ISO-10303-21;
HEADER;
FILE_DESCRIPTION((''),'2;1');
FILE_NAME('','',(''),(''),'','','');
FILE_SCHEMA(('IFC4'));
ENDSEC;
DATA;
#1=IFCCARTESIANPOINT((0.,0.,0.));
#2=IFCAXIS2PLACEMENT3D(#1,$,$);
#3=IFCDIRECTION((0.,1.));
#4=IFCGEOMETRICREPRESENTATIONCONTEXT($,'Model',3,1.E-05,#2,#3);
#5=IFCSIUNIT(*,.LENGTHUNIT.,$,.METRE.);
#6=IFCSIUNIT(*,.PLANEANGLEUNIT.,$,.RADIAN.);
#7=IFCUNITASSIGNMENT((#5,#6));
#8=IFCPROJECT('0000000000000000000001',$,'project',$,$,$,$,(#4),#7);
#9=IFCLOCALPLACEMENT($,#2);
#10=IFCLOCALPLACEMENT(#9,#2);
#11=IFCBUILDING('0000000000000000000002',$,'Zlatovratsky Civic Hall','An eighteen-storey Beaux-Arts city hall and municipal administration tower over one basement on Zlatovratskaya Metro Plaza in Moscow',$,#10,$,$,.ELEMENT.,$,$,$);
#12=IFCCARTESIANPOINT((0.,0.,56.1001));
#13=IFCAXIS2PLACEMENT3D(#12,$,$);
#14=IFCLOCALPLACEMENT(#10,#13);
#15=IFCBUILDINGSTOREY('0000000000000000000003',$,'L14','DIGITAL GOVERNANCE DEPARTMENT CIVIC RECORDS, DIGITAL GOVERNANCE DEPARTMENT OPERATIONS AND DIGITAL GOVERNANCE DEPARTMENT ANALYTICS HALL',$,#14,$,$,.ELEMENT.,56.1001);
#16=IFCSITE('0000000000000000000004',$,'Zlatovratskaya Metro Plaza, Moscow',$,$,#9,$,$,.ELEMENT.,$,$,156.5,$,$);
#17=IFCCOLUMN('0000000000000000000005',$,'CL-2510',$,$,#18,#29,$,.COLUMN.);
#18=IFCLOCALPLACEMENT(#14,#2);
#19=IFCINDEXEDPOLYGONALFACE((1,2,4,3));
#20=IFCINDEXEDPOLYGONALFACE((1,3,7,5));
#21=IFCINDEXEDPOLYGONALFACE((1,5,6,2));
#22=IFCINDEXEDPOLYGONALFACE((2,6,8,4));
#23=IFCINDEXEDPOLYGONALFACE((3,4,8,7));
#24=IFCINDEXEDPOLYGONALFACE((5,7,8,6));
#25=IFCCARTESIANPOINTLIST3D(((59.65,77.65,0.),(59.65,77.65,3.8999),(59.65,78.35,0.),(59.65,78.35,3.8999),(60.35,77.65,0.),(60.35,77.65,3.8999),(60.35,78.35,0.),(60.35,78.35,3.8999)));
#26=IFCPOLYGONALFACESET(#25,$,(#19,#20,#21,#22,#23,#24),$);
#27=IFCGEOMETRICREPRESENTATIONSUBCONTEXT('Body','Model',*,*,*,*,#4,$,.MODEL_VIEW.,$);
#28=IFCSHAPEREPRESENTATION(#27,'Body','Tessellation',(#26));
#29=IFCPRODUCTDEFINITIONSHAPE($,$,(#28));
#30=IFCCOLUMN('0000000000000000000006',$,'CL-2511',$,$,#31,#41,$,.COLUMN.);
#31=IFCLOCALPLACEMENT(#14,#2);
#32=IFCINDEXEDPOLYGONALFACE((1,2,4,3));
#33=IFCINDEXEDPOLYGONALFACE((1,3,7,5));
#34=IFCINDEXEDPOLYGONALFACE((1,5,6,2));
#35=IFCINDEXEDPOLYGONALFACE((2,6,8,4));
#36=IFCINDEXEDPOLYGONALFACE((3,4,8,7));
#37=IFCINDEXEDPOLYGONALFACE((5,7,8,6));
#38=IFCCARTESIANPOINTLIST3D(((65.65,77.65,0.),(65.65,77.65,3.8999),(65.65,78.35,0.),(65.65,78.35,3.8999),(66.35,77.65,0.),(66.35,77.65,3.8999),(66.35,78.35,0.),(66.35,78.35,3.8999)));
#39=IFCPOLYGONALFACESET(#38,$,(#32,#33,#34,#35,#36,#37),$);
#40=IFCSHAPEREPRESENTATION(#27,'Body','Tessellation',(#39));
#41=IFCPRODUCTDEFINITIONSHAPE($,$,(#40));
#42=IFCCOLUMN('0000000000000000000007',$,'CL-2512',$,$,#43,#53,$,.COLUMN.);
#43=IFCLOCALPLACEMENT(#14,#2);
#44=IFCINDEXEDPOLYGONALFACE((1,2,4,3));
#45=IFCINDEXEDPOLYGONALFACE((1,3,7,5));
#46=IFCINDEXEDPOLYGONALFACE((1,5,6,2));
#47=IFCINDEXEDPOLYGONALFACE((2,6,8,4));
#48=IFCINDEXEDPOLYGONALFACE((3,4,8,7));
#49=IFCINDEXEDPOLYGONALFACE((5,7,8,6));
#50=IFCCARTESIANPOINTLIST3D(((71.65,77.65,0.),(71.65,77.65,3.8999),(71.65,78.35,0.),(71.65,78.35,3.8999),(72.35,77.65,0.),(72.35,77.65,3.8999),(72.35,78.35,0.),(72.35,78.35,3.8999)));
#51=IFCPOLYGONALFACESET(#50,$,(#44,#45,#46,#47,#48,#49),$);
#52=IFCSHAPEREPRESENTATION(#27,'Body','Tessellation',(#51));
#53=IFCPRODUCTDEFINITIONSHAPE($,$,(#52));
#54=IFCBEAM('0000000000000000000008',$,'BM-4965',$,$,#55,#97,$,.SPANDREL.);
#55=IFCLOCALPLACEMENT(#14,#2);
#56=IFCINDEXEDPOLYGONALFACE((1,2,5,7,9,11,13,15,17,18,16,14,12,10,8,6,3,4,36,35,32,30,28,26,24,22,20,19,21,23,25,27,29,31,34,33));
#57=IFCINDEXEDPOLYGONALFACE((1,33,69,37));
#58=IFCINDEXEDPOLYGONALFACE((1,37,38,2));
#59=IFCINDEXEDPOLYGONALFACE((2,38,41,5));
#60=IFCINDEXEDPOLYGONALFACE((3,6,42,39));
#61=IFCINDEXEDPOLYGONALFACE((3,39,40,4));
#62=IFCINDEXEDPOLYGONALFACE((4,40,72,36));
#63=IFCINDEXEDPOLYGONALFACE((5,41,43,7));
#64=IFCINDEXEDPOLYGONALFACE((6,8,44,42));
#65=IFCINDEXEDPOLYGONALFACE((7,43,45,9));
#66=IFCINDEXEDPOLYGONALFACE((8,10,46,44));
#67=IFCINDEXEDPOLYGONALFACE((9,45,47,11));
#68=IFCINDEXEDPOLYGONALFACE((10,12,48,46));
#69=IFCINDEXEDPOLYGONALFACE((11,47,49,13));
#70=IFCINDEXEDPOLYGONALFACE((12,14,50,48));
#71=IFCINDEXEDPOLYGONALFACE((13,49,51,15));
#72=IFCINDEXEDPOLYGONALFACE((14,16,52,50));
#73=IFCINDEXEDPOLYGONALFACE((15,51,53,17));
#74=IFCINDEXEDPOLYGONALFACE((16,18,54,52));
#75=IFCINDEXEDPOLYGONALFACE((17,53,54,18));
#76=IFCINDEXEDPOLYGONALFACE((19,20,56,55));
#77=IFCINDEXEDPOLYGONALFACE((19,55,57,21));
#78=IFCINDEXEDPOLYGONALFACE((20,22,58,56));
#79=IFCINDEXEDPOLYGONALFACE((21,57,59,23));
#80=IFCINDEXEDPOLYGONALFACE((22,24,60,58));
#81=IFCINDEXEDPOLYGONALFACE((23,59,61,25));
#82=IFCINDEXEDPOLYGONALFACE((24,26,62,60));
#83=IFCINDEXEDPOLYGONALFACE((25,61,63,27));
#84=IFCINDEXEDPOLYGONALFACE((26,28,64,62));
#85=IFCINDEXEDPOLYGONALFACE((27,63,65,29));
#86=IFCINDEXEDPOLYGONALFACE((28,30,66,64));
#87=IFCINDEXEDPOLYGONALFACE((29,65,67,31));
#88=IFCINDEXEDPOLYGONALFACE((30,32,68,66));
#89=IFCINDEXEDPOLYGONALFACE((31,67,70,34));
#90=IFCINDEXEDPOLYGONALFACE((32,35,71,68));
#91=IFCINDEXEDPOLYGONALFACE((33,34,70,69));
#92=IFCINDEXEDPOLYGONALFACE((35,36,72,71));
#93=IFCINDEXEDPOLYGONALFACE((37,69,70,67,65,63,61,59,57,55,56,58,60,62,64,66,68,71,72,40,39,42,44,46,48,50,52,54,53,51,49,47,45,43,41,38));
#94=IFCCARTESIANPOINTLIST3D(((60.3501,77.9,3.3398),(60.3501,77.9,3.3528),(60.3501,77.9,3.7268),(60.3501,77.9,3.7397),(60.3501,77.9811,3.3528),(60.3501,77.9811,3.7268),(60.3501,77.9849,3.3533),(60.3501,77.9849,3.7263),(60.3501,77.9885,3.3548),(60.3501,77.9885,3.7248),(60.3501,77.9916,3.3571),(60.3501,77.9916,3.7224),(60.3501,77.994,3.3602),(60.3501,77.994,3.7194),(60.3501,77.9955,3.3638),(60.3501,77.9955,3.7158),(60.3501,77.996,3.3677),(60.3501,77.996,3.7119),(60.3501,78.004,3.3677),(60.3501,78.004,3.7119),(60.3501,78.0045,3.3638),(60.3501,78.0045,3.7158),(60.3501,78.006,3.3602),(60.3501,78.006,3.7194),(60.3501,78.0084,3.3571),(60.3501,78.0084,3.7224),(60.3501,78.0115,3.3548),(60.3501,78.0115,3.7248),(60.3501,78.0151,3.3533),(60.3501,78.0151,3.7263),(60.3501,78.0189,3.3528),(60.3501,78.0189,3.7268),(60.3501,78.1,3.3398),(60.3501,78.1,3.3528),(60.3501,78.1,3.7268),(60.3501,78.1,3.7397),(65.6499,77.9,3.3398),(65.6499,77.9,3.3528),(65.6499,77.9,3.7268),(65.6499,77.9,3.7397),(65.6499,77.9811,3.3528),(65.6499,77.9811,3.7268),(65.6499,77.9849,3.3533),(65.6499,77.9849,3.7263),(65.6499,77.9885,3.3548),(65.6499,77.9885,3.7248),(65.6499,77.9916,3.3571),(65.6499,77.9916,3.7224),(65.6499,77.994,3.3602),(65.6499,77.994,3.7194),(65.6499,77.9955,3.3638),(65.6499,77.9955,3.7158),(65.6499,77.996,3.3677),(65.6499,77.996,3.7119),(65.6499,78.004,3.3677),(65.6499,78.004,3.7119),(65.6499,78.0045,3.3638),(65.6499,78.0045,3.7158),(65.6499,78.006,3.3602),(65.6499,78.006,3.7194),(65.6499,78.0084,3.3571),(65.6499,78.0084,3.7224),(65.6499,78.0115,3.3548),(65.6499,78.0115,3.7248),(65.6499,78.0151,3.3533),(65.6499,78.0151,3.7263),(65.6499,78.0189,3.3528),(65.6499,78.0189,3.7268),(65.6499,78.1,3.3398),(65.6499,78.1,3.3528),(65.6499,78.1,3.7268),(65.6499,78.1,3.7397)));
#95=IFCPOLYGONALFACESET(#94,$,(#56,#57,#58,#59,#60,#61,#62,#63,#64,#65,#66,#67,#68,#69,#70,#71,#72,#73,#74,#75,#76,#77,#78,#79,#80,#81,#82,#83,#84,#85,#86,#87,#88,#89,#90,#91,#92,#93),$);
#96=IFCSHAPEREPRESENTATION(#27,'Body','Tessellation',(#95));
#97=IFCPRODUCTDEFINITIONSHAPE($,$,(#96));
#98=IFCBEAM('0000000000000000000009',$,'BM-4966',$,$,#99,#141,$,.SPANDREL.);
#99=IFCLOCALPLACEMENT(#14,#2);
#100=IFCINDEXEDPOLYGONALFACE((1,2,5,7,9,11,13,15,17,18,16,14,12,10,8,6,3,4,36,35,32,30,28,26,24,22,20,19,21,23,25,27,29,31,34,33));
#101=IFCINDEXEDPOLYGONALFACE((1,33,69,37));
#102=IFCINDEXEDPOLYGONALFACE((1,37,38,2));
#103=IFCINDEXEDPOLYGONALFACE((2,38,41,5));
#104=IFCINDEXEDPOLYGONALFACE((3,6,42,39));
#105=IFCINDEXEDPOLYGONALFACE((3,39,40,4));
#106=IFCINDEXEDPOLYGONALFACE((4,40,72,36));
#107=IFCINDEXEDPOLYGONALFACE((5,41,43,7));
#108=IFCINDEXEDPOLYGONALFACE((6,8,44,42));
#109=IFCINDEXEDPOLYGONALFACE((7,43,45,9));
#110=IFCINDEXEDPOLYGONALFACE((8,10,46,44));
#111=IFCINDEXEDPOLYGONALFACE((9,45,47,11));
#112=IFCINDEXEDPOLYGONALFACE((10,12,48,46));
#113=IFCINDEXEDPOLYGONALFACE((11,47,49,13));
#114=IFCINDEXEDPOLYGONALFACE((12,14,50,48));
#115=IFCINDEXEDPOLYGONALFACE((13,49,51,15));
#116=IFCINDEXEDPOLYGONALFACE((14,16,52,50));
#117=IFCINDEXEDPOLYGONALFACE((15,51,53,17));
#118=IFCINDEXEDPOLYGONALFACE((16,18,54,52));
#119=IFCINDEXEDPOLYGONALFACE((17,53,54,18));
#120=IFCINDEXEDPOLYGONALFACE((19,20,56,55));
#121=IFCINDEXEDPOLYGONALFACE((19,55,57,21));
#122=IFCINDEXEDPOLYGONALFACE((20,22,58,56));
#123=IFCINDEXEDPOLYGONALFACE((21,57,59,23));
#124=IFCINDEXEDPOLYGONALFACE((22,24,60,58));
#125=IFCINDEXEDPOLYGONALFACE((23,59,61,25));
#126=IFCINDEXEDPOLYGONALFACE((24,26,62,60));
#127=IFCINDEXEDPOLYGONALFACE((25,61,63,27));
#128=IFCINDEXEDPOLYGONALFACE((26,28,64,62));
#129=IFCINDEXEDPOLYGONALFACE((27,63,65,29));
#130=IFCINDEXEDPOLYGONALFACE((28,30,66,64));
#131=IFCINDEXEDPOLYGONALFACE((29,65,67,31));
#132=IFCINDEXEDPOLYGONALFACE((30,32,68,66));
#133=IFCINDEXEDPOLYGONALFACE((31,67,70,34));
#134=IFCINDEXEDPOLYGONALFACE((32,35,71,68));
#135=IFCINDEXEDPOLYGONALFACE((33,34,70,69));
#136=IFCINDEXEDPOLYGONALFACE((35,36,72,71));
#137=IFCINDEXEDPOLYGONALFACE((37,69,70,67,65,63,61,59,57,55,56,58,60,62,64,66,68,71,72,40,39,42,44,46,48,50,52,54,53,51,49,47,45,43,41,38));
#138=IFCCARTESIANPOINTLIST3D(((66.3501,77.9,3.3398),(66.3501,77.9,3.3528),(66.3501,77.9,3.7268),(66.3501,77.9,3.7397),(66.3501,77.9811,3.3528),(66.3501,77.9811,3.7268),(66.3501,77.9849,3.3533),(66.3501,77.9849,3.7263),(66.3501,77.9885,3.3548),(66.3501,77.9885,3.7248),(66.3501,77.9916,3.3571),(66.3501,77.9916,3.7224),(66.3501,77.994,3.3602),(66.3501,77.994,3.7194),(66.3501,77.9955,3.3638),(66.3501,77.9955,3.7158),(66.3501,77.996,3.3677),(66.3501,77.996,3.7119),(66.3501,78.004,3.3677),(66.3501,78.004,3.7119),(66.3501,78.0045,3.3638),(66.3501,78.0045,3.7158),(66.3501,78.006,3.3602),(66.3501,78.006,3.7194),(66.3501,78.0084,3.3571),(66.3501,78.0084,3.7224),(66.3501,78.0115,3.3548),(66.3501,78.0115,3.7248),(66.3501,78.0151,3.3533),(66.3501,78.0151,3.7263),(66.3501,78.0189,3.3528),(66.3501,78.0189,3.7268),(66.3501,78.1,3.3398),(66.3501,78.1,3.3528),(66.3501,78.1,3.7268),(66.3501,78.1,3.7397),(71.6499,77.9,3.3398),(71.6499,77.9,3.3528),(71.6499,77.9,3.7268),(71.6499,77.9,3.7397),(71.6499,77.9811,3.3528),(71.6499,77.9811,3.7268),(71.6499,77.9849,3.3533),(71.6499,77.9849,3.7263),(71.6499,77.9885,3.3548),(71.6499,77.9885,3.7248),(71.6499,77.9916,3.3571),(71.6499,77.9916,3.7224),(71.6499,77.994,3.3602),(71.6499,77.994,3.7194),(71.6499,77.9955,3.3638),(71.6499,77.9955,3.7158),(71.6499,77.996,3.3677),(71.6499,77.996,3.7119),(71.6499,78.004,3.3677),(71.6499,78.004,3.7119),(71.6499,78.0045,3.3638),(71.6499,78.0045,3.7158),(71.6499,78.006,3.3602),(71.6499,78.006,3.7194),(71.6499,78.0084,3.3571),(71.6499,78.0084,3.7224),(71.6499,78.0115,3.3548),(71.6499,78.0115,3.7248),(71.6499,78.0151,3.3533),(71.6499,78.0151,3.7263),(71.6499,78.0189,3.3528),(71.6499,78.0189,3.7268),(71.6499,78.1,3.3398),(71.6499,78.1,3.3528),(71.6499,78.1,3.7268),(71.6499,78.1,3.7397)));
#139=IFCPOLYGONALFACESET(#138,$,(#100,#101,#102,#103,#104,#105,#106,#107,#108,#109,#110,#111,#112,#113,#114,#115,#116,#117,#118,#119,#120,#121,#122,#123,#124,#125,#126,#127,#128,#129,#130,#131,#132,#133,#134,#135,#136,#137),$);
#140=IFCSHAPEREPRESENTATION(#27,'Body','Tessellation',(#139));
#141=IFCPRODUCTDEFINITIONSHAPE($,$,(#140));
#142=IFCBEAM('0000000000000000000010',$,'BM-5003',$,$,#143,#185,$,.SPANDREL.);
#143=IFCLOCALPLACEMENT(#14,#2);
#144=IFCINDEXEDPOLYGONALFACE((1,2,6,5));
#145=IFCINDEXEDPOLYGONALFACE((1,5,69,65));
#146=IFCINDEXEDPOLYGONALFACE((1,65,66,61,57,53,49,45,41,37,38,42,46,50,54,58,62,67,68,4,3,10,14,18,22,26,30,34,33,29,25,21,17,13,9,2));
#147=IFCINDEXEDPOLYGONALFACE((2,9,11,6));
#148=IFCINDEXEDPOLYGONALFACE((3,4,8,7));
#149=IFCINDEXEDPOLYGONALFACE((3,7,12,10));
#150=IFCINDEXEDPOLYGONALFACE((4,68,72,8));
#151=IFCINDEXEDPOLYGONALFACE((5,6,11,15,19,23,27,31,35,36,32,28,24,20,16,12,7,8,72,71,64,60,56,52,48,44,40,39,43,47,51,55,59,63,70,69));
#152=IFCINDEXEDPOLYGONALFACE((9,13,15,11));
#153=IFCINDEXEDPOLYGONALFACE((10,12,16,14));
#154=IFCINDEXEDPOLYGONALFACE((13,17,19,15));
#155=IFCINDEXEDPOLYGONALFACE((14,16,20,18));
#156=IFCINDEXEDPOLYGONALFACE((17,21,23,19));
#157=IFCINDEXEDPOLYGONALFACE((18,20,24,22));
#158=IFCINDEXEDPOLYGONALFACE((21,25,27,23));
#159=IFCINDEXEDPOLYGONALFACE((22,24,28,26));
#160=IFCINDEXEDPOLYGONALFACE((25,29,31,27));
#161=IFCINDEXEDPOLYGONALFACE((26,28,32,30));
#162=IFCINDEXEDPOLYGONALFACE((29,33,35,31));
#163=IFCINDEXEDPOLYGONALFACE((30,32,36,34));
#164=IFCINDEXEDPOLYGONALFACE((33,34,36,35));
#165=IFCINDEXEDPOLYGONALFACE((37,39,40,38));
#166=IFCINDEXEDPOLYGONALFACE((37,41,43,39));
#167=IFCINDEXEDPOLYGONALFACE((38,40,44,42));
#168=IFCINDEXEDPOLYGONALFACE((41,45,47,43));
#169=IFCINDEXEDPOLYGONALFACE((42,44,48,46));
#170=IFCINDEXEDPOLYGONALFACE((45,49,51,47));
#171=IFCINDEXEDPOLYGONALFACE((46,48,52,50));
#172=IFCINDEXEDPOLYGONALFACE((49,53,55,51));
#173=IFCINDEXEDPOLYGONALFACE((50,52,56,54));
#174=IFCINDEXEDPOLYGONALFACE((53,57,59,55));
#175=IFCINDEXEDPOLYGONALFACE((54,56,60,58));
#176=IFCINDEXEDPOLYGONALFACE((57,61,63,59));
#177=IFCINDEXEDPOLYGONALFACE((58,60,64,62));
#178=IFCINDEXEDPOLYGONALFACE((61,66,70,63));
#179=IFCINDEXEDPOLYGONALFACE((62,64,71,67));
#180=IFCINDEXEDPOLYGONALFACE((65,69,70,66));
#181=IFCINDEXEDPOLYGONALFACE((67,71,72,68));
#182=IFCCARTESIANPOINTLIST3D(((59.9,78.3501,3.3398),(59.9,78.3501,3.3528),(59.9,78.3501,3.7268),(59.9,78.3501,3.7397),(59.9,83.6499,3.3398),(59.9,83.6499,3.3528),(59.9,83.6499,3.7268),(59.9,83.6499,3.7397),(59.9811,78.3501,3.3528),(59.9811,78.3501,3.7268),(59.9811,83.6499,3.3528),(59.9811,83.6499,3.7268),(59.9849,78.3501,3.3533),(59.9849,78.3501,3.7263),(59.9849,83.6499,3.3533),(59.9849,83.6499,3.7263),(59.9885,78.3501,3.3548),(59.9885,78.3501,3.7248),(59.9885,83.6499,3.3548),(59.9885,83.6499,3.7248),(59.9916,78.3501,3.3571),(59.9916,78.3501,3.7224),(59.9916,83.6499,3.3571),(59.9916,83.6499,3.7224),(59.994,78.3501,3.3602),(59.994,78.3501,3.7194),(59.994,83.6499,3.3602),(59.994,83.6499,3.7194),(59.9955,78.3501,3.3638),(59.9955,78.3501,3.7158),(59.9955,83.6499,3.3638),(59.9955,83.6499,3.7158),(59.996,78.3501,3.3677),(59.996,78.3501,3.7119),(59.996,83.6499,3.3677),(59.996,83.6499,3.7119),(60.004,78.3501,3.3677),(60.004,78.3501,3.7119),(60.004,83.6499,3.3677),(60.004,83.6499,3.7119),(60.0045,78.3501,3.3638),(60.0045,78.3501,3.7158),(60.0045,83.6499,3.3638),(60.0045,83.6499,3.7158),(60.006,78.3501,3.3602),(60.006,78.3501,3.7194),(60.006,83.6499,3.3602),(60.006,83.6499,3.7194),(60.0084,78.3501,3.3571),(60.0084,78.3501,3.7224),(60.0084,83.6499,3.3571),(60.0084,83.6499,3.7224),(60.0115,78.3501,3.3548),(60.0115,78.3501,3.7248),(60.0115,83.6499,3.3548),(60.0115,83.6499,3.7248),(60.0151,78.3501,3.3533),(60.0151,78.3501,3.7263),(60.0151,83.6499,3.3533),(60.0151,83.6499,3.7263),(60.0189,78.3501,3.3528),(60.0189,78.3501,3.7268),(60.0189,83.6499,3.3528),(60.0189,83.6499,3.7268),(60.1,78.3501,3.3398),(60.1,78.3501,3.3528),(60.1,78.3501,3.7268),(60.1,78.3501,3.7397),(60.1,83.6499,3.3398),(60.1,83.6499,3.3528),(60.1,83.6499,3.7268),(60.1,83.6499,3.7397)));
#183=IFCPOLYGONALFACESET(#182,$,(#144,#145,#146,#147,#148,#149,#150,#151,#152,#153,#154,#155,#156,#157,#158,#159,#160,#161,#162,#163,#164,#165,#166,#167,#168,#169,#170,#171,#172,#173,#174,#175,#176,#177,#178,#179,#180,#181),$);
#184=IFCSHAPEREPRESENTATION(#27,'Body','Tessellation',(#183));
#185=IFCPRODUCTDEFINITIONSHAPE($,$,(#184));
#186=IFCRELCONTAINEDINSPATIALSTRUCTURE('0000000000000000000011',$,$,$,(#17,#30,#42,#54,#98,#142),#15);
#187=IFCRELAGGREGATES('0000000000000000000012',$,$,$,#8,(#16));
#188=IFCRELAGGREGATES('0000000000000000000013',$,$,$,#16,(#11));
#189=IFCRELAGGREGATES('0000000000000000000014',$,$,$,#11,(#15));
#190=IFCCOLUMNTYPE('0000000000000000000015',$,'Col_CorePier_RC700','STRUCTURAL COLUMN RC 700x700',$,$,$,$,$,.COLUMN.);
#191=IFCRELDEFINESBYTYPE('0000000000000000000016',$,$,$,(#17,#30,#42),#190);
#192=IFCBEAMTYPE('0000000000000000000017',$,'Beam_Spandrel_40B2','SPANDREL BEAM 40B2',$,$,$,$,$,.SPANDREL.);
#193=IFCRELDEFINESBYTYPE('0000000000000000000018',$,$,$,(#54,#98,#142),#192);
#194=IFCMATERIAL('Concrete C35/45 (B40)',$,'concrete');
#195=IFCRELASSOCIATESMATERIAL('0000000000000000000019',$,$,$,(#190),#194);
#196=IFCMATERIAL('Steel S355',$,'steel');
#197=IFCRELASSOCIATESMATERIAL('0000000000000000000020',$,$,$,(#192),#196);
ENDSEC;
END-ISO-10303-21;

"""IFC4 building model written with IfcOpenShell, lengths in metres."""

from ifc_helpers import new_model, si_unit, direction, frame, origin, origin_2d, place, context, subcontext, project, spatial, rectangle, i_section, extrude, material, material_profile, profile_set, type_object, element, save


model = new_model("IFC4")

# Units and contexts
model_context = context("Model", 3, precision=1e-05, world=origin(), true_north=direction((0.0, 1.0)))
body_context = subcontext(model_context, "Body", "Model", "MODEL_VIEW")
ifc_project = project(units=[si_unit("LENGTHUNIT", "METRE"), si_unit("PLANEANGLEUNIT", "RADIAN")], contexts=[model_context])

# Site, building, storey
site_placement = place(None, origin())
site = spatial("IfcSite", under=ifc_project, at=site_placement, Name="Zlatovratskaya Metro Plaza, Moscow", CompositionType="ELEMENT", RefElevation=156.5)
building_placement = place(site_placement, origin())
building = spatial("IfcBuilding", under=site, at=building_placement, Name="Zlatovratsky Civic Hall", Description="An eighteen-storey Beaux-Arts city hall and municipal administration tower over one basement on Zlatovratskaya Metro Plaza in Moscow", CompositionType="ELEMENT")
storey_placement = place(building_placement, frame((0.0, 0.0, 56.1001)))
storey = spatial("IfcBuildingStorey", under=building, at=storey_placement, Name="L14", Description="DIGITAL GOVERNANCE DEPARTMENT CIVIC RECORDS, DIGITAL GOVERNANCE DEPARTMENT OPERATIONS AND DIGITAL GOVERNANCE DEPARTMENT ANALYTICS HALL", CompositionType="ELEMENT", Elevation=56.1001)

# Columns
ifc_material_1 = material(Name="Concrete C35/45 (B40)", Category="concrete")
ifc_material_profile_1 = material_profile(ifc_material_1, rectangle(XDim=0.7, YDim=0.7, at=origin_2d()), Name="RC 700x700")
ifc_profile_set_1 = profile_set([ifc_material_profile_1], Name="Concrete C35/45 (B40)")
column_type = type_object("IfcColumnType", Name="Col_CorePier_RC700", Description="STRUCTURAL COLUMN RC 700x700", PredefinedType="COLUMN", material=ifc_profile_set_1)
for number, where, z_axis, x_axis, name in (
    (1, (60.0, 78.0, 0.0), (0.0, 0.0, 1.0), (1.0, 0.0, 0.0), "CL-2510"),
    (2, (66.0, 78.0, 0.0), (0.0, 0.0, 1.0), (1.0, 0.0, 0.0), "CL-2511"),
    (3, (72.0, 78.0, 0.0), (0.0, 0.0, 1.0), (1.0, 0.0, 0.0), "CL-2512"),
):
    element("IfcColumn", number, at=place(storey_placement, frame(where, z_axis=z_axis, x_axis=x_axis)), inside=storey, type_object=column_type, Name=name, PredefinedType="COLUMN", context=body_context, shape_type="SweptSolid", body=[
        extrude(rectangle(XDim=0.7, YDim=0.7, at=origin_2d()), origin(), (0.0, 0.0, 1.0), 3.8999),
    ])

# Beams
ifc_material_2 = material(Name="Steel S355", Category="steel")
ifc_material_profile_2 = material_profile(ifc_material_2, i_section(OverallWidth=0.2, OverallDepth=0.3999, WebThickness=0.0081, FlangeThickness=0.0129, FilletRadius=0.0149, at=origin_2d()), Name="40B2")
ifc_profile_set_2 = profile_set([ifc_material_profile_2], Name="Steel S355")
beam_type_1 = type_object("IfcBeamType", Name="Beam_Spandrel_40B2", Description="SPANDREL BEAM 40B2", PredefinedType="SPANDREL", material=ifc_profile_set_2)
for number, where, z_axis, x_axis, name in (
    (4, (60.3501, 78.0, 3.5398), (1.0, 0.0, 0.0), (0.0, 1.0, 0.0), "BM-4965"),
    (5, (66.3501, 78.0, 3.5398), (1.0, 0.0, 0.0), (0.0, 1.0, 0.0), "BM-4966"),
    (6, (60.0, 78.3501, 3.5398), (0.0, 1.0, 0.0), (-1.0, 0.0, 0.0), "BM-5003"),
):
    element("IfcBeam", number, at=place(storey_placement, frame(where, z_axis=z_axis, x_axis=x_axis)), inside=storey, type_object=beam_type_1, Name=name, PredefinedType="SPANDREL", context=body_context, shape_type="SweptSolid", body=[
        extrude(i_section(OverallWidth=0.2, OverallDepth=0.3999, WebThickness=0.0081, FlangeThickness=0.0129, FilletRadius=0.0149, at=origin_2d()), origin(), (0.0, 0.0, 1.0), 5.2998),
    ])

save(model, "model.ifc")
